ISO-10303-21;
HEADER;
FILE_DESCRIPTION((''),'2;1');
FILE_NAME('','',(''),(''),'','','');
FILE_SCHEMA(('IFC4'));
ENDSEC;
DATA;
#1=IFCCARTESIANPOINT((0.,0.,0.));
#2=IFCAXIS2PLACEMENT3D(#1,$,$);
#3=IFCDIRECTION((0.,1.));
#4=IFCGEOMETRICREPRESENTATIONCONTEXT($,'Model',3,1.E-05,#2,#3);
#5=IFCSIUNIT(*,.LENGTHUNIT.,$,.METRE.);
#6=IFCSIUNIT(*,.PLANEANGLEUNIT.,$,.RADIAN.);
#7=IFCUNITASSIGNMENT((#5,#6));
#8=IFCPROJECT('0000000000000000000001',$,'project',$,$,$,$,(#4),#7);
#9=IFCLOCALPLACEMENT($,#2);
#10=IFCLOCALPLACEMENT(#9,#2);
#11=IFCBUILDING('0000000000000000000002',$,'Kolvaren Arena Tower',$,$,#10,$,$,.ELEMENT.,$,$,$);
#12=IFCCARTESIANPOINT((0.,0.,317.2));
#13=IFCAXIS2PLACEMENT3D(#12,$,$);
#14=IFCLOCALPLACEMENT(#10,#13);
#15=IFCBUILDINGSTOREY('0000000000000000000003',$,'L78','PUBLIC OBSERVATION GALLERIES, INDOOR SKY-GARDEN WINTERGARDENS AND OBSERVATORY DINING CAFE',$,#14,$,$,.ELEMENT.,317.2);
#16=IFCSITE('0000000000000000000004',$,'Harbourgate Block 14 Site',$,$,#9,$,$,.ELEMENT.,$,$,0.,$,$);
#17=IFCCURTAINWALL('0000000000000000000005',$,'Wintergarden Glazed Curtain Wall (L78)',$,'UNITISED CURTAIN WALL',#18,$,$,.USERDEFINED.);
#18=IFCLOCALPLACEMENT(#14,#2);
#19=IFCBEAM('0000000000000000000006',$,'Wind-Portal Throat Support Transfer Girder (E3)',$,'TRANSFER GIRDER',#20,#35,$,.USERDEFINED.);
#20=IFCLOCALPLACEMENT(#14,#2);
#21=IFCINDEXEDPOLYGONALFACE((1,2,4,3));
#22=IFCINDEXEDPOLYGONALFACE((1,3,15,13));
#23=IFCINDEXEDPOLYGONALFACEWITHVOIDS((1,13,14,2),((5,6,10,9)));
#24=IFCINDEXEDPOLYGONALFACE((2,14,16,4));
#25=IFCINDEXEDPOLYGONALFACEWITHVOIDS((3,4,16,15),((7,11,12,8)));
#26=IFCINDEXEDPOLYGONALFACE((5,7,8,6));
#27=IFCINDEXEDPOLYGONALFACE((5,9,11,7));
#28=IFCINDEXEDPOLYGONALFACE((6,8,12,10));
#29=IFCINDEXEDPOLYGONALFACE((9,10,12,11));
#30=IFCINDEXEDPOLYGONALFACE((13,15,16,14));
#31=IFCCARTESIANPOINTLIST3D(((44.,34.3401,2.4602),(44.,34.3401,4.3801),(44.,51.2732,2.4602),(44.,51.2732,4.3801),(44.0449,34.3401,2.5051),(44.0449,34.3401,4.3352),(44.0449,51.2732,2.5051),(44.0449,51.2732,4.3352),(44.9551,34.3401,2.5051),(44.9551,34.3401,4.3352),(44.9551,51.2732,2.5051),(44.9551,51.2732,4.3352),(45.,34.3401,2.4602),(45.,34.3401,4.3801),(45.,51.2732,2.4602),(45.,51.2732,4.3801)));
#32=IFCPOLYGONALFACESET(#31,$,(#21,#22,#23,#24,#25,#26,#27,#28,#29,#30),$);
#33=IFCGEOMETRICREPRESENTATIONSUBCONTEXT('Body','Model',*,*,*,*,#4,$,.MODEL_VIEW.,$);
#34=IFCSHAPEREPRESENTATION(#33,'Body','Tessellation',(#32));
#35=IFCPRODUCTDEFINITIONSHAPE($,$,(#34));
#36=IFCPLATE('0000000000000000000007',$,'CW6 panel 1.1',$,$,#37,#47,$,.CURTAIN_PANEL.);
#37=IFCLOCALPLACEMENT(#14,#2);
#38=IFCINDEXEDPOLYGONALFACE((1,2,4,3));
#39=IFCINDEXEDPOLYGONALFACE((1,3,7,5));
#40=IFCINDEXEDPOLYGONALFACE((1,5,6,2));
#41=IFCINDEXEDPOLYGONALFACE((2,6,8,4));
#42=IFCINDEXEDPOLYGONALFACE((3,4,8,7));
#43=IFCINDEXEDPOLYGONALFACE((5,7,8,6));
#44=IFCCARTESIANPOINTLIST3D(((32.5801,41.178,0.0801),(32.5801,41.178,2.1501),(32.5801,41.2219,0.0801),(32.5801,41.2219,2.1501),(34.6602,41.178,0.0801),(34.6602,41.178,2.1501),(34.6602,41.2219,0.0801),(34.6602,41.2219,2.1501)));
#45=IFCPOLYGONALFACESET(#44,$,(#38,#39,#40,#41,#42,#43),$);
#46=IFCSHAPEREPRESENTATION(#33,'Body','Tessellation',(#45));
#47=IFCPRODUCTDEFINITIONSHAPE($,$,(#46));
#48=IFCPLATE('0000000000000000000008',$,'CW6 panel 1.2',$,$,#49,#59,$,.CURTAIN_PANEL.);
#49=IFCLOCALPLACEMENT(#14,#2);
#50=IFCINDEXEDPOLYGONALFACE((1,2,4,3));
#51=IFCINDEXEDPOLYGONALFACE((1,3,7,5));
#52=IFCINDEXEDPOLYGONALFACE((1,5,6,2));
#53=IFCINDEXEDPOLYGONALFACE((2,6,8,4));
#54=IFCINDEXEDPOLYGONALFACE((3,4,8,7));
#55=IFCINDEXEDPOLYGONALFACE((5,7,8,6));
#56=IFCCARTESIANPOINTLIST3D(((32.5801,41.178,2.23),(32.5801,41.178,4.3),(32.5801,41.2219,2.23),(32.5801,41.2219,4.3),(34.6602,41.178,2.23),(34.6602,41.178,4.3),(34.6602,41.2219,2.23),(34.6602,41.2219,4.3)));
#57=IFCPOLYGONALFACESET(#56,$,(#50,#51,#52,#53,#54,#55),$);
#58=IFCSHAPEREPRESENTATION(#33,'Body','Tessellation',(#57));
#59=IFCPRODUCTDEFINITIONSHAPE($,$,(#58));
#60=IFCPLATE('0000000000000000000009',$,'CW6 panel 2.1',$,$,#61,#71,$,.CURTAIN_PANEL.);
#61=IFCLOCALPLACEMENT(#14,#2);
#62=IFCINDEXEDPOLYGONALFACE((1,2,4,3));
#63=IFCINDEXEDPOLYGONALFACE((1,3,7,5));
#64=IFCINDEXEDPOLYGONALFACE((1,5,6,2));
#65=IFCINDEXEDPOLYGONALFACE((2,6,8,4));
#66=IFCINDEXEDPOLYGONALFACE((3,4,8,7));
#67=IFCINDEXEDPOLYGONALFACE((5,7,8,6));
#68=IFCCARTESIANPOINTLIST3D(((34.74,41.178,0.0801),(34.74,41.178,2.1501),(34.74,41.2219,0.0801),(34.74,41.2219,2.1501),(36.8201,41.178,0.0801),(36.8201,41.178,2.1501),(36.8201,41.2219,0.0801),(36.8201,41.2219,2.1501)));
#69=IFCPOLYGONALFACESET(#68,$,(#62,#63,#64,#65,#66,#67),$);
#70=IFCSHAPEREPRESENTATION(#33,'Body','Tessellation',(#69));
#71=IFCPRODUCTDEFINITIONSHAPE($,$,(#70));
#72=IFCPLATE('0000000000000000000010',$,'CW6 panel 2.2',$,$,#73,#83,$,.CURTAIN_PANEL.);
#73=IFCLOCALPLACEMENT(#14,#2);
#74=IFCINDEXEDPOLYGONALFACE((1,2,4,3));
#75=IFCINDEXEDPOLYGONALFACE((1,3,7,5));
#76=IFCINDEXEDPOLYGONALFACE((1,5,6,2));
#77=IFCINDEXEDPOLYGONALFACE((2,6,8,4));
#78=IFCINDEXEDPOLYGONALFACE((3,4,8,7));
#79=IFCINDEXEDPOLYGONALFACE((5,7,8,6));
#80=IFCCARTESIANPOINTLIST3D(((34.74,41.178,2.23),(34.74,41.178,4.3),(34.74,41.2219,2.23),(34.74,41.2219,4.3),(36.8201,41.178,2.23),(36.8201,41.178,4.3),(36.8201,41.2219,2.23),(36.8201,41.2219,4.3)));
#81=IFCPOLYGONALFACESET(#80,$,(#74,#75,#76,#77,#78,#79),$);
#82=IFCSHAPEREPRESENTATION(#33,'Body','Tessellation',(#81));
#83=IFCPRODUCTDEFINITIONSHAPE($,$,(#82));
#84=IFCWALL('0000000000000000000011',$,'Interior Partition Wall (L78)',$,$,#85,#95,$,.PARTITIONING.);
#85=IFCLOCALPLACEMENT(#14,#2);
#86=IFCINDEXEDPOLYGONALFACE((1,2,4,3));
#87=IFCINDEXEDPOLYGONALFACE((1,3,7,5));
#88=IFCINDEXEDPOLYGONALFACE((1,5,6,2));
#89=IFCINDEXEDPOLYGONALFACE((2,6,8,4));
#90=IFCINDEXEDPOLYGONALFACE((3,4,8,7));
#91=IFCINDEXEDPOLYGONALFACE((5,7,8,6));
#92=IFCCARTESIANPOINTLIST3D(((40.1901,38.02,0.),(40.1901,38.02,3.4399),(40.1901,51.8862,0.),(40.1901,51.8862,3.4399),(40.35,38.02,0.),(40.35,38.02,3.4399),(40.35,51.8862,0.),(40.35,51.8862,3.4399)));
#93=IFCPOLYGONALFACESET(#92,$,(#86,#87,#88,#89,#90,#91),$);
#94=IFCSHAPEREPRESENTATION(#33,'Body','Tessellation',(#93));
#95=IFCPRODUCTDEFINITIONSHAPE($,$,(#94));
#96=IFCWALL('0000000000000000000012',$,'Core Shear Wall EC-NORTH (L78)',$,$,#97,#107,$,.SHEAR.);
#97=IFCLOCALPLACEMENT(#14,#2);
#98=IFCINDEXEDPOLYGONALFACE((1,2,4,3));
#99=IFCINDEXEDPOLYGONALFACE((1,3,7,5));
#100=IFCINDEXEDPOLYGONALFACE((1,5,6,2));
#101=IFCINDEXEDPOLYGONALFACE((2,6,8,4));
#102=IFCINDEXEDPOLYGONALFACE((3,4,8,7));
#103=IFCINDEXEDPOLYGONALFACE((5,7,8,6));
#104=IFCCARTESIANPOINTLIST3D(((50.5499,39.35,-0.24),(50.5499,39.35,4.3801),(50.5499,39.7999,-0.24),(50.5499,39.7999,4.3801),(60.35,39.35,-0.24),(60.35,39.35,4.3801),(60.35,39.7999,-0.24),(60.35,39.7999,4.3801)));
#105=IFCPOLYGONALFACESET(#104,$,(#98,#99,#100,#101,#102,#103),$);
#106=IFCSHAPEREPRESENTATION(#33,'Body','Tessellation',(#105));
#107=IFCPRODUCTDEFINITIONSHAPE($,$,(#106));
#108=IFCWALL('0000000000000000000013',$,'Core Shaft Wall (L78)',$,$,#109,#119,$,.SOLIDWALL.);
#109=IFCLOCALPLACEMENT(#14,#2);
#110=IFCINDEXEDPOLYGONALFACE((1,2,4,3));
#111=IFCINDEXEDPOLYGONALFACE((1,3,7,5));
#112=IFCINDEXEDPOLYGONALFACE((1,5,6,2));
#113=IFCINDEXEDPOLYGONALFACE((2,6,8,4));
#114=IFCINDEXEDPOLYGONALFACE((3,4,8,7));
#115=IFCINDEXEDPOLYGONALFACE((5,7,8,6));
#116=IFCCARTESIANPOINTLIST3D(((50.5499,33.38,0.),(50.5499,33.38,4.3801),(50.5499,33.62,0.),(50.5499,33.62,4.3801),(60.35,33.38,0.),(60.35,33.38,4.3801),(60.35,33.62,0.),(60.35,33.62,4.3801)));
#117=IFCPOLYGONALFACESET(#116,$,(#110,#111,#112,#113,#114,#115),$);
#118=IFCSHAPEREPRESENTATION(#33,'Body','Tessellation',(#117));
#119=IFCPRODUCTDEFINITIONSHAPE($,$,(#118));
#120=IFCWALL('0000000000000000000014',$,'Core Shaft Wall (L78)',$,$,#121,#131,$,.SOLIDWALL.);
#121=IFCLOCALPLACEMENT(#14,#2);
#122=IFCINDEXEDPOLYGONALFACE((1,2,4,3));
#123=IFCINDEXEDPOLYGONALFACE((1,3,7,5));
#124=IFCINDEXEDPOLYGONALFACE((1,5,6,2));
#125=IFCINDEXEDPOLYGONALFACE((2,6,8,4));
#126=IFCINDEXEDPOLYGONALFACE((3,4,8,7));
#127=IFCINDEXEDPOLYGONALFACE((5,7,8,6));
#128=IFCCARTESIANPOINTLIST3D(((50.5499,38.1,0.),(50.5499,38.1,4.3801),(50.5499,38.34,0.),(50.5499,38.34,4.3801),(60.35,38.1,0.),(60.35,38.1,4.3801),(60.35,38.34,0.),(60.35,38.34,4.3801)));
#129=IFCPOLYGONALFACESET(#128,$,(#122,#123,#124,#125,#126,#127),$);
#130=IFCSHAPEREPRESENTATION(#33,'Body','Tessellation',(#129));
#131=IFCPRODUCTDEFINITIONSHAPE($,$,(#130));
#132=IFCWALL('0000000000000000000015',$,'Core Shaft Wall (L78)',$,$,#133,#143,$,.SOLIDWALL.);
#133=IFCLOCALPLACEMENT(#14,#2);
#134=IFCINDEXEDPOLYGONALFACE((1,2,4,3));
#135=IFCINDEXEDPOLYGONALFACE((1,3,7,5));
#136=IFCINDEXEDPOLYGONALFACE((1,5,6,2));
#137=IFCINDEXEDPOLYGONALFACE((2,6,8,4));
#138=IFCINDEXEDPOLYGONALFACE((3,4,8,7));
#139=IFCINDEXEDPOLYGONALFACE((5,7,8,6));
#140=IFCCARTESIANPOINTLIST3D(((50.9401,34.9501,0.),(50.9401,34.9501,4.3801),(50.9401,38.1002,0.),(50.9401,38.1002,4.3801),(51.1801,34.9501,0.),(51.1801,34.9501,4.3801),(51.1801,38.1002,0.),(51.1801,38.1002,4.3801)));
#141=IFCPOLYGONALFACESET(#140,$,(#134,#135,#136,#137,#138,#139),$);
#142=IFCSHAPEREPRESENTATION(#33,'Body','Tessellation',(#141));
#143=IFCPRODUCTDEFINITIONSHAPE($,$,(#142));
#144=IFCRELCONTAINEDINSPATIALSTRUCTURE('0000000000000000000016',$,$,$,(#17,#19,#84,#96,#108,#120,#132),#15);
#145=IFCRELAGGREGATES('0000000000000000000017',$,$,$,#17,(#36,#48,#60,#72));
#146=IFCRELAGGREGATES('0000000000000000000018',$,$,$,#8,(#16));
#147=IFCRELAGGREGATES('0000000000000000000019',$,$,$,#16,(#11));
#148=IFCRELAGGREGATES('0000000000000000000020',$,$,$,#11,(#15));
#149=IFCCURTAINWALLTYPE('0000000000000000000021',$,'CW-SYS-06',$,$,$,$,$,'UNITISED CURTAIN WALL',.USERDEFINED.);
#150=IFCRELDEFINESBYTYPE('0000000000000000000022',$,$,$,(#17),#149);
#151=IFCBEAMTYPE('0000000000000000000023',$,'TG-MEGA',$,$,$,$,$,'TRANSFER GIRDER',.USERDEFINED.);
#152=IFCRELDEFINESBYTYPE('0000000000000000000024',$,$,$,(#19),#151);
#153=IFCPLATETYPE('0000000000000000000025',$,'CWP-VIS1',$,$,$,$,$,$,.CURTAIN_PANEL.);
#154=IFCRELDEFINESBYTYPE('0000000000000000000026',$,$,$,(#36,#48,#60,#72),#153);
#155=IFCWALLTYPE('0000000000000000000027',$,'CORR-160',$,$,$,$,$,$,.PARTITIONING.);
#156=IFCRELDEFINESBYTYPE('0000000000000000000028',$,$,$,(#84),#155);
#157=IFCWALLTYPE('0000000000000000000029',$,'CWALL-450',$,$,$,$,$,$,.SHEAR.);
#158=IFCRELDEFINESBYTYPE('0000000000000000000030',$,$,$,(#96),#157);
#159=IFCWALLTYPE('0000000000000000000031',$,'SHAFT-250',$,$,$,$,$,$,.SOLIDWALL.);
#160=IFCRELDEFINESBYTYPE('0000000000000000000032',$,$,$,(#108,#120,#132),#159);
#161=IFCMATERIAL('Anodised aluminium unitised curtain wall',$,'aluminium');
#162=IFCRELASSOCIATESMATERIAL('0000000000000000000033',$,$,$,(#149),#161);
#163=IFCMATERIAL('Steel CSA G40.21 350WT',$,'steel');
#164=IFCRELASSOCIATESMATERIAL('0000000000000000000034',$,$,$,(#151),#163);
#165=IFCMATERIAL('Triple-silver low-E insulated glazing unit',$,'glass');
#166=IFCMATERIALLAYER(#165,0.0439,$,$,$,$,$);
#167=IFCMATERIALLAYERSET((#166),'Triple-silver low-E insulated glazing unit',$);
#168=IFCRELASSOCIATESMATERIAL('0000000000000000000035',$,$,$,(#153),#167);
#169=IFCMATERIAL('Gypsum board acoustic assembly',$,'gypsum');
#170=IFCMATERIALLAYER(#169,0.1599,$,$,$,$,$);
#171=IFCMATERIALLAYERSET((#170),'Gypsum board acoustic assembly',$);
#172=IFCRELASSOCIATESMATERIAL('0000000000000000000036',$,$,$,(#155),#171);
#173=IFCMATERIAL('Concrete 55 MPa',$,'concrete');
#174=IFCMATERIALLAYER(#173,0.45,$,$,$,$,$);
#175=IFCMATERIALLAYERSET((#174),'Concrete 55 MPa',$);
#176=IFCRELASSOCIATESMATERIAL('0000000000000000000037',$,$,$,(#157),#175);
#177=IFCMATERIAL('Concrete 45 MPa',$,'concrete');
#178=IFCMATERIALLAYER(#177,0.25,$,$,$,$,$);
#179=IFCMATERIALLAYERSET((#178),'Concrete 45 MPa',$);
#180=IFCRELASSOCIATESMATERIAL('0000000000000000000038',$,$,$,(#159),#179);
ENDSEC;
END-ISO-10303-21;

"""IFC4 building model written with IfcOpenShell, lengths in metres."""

from ifc_helpers import new_model, si_unit, direction, frame, frame_2d, origin, origin_2d, place, context, subcontext, project, spatial, rectangle, hollow_rectangle, extrude, material, layer, layer_set, material_profile, profile_set, type_object, element, aggregate, save


model = new_model("IFC4")

# Units and contexts
model_context = context("Model", 3, precision=1e-05, world=origin(), true_north=direction((0.0, 1.0)))
body_context = subcontext(model_context, "Body", "Model", "MODEL_VIEW")
ifc_project = project(units=[si_unit("LENGTHUNIT", "METRE"), si_unit("PLANEANGLEUNIT", "RADIAN")], contexts=[model_context])

# Site, building, storey
site_placement = place(None, origin())
site = spatial("IfcSite", under=ifc_project, at=site_placement, Name="Harbourgate Block 14 Site", CompositionType="ELEMENT", RefElevation=0.0)
building_placement = place(site_placement, origin())
building = spatial("IfcBuilding", under=site, at=building_placement, Name="Kolvaren Arena Tower", CompositionType="ELEMENT")
storey_placement = place(building_placement, frame((0.0, 0.0, 317.2)))
storey = spatial("IfcBuildingStorey", under=building, at=storey_placement, Name="L78", Description="PUBLIC OBSERVATION GALLERIES, INDOOR SKY-GARDEN WINTERGARDENS AND OBSERVATORY DINING CAFE", CompositionType="ELEMENT", Elevation=317.2)

# Curtain wall
ifc_material_1 = material(Name="Anodised aluminium unitised curtain wall", Category="aluminium")
curtain_wall_type = type_object("IfcCurtainWallType", Name="CW-SYS-06", ElementType="UNITISED CURTAIN WALL", PredefinedType="USERDEFINED", material=ifc_material_1)
curtain_wall_placement = place(storey_placement, origin())
curtain_wall = element("IfcCurtainWall", 1, at=curtain_wall_placement, inside=storey, type_object=curtain_wall_type, Name="Wintergarden Glazed Curtain Wall (L78)", ObjectType="UNITISED CURTAIN WALL", PredefinedType="USERDEFINED")

# Beam
ifc_material_2 = material(Name="Steel CSA G40.21 350WT", Category="steel")
ifc_material_profile_1 = material_profile(ifc_material_2, hollow_rectangle(XDim=1.0, YDim=1.9199, WallThickness=0.0449, at=origin_2d()), Name="BOX 1000x1920x45")
ifc_profile_set_1 = profile_set([ifc_material_profile_1], Name="Steel CSA G40.21 350WT")
beam_type_1 = type_object("IfcBeamType", Name="TG-MEGA", ElementType="TRANSFER GIRDER", PredefinedType="USERDEFINED", material=ifc_profile_set_1)
beam_1_placement = place(storey_placement, frame((44.5, 34.3401, 3.4202), z_axis=(0.0, 1.0, 0.0), x_axis=(-1.0, 0.0, 0.0)))
element("IfcBeam", 2, at=beam_1_placement, inside=storey, type_object=beam_type_1, Name="Wind-Portal Throat Support Transfer Girder (E3)", ObjectType="TRANSFER GIRDER", PredefinedType="USERDEFINED", context=body_context, shape_type="SweptSolid", body=[
    extrude(hollow_rectangle(XDim=1.0, YDim=1.9199, WallThickness=0.0449, at=origin_2d()), origin(), (0.0, 0.0, 1.0), 16.9331),
])

# Plates
ifc_material_3 = material(Name="Triple-silver low-E insulated glazing unit", Category="glass")
ifc_layer_1 = layer(ifc_material_3, 0.0439)
ifc_layer_set_1 = layer_set([ifc_layer_1], Name="Triple-silver low-E insulated glazing unit")
plate_type = type_object("IfcPlateType", Name="CWP-VIS1", PredefinedType="CURTAIN_PANEL", material=ifc_layer_set_1)
plate_1_placement = place(storey_placement, frame((33.6201, 41.2, 0.0801), z_axis=(0.0, 0.0, 1.0), x_axis=(1.0, 0.0, 0.0)))
plate_1 = element("IfcPlate", 3, at=plate_1_placement, type_object=plate_type, Name="CW6 panel 1.1", PredefinedType="CURTAIN_PANEL", context=body_context, shape_type="SweptSolid", body=[
    extrude(rectangle(XDim=2.0801, YDim=0.0439, at=origin_2d()), origin(), (0.0, 0.0, 1.0), 2.0701),
])
plate_2_placement = place(storey_placement, frame((33.6201, 41.2, 2.23), z_axis=(0.0, 0.0, 1.0), x_axis=(1.0, 0.0, 0.0)))
plate_2 = element("IfcPlate", 4, at=plate_2_placement, type_object=plate_type, Name="CW6 panel 1.2", PredefinedType="CURTAIN_PANEL", context=body_context, shape_type="SweptSolid", body=[
    extrude(rectangle(XDim=2.0801, YDim=0.0439, at=origin_2d()), origin(), (0.0, 0.0, 1.0), 2.0701),
])
plate_3_placement = place(storey_placement, frame((35.78, 41.2, 0.0801), z_axis=(0.0, 0.0, 1.0), x_axis=(1.0, 0.0, 0.0)))
plate_3 = element("IfcPlate", 5, at=plate_3_placement, type_object=plate_type, Name="CW6 panel 2.1", PredefinedType="CURTAIN_PANEL", context=body_context, shape_type="SweptSolid", body=[
    extrude(rectangle(XDim=2.0801, YDim=0.0439, at=origin_2d()), origin(), (0.0, 0.0, 1.0), 2.0701),
])
plate_4_placement = place(storey_placement, frame((35.78, 41.2, 2.23), z_axis=(0.0, 0.0, 1.0), x_axis=(1.0, 0.0, 0.0)))
plate_4 = element("IfcPlate", 6, at=plate_4_placement, type_object=plate_type, Name="CW6 panel 2.2", PredefinedType="CURTAIN_PANEL", context=body_context, shape_type="SweptSolid", body=[
    extrude(rectangle(XDim=2.0801, YDim=0.0439, at=origin_2d()), origin(), (0.0, 0.0, 1.0), 2.0701),
])
aggregate(curtain_wall, [plate_1, plate_2, plate_3, plate_4])

# Walls
ifc_material_4 = material(Name="Gypsum board acoustic assembly", Category="gypsum")
ifc_layer_2 = layer(ifc_material_4, 0.1599)
ifc_layer_set_2 = layer_set([ifc_layer_2], Name="Gypsum board acoustic assembly")
wall_type_1 = type_object("IfcWallType", Name="CORR-160", PredefinedType="PARTITIONING", material=ifc_layer_set_2)
wall_1_placement = place(storey_placement, frame((40.27, 38.02, 0.0), z_axis=(0.0, 0.0, 1.0), x_axis=(0.0, 1.0, 0.0)))
element("IfcWall", 7, at=wall_1_placement, inside=storey, type_object=wall_type_1, Name="Interior Partition Wall (L78)", PredefinedType="PARTITIONING", context=body_context, shape_type="SweptSolid", body=[
    extrude(rectangle(XDim=13.8662, YDim=0.1599, at=frame_2d((6.9331, 0.0))), origin(), (0.0, 0.0, 1.0), 3.4399),
])
ifc_material_5 = material(Name="Concrete 55 MPa", Category="concrete")
ifc_layer_3 = layer(ifc_material_5, 0.45)
ifc_layer_set_3 = layer_set([ifc_layer_3], Name="Concrete 55 MPa")
wall_type_2 = type_object("IfcWallType", Name="CWALL-450", PredefinedType="SHEAR", material=ifc_layer_set_3)
wall_2_placement = place(storey_placement, frame((50.55, 39.575, -0.24), z_axis=(0.0, 0.0, 1.0), x_axis=(1.0, 0.0, 0.0)))
element("IfcWall", 8, at=wall_2_placement, inside=storey, type_object=wall_type_2, Name="Core Shear Wall EC-NORTH (L78)", PredefinedType="SHEAR", context=body_context, shape_type="SweptSolid", body=[
    extrude(rectangle(XDim=9.8, YDim=0.45, at=frame_2d((4.8999, 0.0))), origin(), (0.0, 0.0, 1.0), 4.6201),
])
ifc_material_6 = material(Name="Concrete 45 MPa", Category="concrete")
ifc_layer_4 = layer(ifc_material_6, 0.25)
ifc_layer_set_4 = layer_set([ifc_layer_4], Name="Concrete 45 MPa")
wall_type_3 = type_object("IfcWallType", Name="SHAFT-250", PredefinedType="SOLIDWALL", material=ifc_layer_set_4)
for number, where, z_axis, x_axis, name in (
    (9, (50.55, 33.5, 0.0), (0.0, 0.0, 1.0), (1.0, 0.0, 0.0), "Core Shaft Wall (L78)"),
    (10, (50.55, 38.22, 0.0), (0.0, 0.0, 1.0), (1.0, 0.0, 0.0), "Core Shaft Wall (L78)"),
):
    element("IfcWall", number, at=place(storey_placement, frame(where, z_axis=z_axis, x_axis=x_axis)), inside=storey, type_object=wall_type_3, Name=name, PredefinedType="SOLIDWALL", context=body_context, shape_type="SweptSolid", body=[
        extrude(rectangle(XDim=9.8, YDim=0.24, at=frame_2d((4.8999, 0.0))), origin(), (0.0, 0.0, 1.0), 4.3801),
    ])
wall_3_placement = place(storey_placement, frame((51.0601, 34.95, 0.0), z_axis=(0.0, 0.0, 1.0), x_axis=(0.0, 1.0, 0.0)))
element("IfcWall", 11, at=wall_3_placement, inside=storey, type_object=wall_type_3, Name="Core Shaft Wall (L78)", PredefinedType="SOLIDWALL", context=body_context, shape_type="SweptSolid", body=[
    extrude(rectangle(XDim=3.1501, YDim=0.24, at=frame_2d((1.5752, 0.0))), origin(), (0.0, 0.0, 1.0), 4.3801),
])

save(model, "model.ifc")
